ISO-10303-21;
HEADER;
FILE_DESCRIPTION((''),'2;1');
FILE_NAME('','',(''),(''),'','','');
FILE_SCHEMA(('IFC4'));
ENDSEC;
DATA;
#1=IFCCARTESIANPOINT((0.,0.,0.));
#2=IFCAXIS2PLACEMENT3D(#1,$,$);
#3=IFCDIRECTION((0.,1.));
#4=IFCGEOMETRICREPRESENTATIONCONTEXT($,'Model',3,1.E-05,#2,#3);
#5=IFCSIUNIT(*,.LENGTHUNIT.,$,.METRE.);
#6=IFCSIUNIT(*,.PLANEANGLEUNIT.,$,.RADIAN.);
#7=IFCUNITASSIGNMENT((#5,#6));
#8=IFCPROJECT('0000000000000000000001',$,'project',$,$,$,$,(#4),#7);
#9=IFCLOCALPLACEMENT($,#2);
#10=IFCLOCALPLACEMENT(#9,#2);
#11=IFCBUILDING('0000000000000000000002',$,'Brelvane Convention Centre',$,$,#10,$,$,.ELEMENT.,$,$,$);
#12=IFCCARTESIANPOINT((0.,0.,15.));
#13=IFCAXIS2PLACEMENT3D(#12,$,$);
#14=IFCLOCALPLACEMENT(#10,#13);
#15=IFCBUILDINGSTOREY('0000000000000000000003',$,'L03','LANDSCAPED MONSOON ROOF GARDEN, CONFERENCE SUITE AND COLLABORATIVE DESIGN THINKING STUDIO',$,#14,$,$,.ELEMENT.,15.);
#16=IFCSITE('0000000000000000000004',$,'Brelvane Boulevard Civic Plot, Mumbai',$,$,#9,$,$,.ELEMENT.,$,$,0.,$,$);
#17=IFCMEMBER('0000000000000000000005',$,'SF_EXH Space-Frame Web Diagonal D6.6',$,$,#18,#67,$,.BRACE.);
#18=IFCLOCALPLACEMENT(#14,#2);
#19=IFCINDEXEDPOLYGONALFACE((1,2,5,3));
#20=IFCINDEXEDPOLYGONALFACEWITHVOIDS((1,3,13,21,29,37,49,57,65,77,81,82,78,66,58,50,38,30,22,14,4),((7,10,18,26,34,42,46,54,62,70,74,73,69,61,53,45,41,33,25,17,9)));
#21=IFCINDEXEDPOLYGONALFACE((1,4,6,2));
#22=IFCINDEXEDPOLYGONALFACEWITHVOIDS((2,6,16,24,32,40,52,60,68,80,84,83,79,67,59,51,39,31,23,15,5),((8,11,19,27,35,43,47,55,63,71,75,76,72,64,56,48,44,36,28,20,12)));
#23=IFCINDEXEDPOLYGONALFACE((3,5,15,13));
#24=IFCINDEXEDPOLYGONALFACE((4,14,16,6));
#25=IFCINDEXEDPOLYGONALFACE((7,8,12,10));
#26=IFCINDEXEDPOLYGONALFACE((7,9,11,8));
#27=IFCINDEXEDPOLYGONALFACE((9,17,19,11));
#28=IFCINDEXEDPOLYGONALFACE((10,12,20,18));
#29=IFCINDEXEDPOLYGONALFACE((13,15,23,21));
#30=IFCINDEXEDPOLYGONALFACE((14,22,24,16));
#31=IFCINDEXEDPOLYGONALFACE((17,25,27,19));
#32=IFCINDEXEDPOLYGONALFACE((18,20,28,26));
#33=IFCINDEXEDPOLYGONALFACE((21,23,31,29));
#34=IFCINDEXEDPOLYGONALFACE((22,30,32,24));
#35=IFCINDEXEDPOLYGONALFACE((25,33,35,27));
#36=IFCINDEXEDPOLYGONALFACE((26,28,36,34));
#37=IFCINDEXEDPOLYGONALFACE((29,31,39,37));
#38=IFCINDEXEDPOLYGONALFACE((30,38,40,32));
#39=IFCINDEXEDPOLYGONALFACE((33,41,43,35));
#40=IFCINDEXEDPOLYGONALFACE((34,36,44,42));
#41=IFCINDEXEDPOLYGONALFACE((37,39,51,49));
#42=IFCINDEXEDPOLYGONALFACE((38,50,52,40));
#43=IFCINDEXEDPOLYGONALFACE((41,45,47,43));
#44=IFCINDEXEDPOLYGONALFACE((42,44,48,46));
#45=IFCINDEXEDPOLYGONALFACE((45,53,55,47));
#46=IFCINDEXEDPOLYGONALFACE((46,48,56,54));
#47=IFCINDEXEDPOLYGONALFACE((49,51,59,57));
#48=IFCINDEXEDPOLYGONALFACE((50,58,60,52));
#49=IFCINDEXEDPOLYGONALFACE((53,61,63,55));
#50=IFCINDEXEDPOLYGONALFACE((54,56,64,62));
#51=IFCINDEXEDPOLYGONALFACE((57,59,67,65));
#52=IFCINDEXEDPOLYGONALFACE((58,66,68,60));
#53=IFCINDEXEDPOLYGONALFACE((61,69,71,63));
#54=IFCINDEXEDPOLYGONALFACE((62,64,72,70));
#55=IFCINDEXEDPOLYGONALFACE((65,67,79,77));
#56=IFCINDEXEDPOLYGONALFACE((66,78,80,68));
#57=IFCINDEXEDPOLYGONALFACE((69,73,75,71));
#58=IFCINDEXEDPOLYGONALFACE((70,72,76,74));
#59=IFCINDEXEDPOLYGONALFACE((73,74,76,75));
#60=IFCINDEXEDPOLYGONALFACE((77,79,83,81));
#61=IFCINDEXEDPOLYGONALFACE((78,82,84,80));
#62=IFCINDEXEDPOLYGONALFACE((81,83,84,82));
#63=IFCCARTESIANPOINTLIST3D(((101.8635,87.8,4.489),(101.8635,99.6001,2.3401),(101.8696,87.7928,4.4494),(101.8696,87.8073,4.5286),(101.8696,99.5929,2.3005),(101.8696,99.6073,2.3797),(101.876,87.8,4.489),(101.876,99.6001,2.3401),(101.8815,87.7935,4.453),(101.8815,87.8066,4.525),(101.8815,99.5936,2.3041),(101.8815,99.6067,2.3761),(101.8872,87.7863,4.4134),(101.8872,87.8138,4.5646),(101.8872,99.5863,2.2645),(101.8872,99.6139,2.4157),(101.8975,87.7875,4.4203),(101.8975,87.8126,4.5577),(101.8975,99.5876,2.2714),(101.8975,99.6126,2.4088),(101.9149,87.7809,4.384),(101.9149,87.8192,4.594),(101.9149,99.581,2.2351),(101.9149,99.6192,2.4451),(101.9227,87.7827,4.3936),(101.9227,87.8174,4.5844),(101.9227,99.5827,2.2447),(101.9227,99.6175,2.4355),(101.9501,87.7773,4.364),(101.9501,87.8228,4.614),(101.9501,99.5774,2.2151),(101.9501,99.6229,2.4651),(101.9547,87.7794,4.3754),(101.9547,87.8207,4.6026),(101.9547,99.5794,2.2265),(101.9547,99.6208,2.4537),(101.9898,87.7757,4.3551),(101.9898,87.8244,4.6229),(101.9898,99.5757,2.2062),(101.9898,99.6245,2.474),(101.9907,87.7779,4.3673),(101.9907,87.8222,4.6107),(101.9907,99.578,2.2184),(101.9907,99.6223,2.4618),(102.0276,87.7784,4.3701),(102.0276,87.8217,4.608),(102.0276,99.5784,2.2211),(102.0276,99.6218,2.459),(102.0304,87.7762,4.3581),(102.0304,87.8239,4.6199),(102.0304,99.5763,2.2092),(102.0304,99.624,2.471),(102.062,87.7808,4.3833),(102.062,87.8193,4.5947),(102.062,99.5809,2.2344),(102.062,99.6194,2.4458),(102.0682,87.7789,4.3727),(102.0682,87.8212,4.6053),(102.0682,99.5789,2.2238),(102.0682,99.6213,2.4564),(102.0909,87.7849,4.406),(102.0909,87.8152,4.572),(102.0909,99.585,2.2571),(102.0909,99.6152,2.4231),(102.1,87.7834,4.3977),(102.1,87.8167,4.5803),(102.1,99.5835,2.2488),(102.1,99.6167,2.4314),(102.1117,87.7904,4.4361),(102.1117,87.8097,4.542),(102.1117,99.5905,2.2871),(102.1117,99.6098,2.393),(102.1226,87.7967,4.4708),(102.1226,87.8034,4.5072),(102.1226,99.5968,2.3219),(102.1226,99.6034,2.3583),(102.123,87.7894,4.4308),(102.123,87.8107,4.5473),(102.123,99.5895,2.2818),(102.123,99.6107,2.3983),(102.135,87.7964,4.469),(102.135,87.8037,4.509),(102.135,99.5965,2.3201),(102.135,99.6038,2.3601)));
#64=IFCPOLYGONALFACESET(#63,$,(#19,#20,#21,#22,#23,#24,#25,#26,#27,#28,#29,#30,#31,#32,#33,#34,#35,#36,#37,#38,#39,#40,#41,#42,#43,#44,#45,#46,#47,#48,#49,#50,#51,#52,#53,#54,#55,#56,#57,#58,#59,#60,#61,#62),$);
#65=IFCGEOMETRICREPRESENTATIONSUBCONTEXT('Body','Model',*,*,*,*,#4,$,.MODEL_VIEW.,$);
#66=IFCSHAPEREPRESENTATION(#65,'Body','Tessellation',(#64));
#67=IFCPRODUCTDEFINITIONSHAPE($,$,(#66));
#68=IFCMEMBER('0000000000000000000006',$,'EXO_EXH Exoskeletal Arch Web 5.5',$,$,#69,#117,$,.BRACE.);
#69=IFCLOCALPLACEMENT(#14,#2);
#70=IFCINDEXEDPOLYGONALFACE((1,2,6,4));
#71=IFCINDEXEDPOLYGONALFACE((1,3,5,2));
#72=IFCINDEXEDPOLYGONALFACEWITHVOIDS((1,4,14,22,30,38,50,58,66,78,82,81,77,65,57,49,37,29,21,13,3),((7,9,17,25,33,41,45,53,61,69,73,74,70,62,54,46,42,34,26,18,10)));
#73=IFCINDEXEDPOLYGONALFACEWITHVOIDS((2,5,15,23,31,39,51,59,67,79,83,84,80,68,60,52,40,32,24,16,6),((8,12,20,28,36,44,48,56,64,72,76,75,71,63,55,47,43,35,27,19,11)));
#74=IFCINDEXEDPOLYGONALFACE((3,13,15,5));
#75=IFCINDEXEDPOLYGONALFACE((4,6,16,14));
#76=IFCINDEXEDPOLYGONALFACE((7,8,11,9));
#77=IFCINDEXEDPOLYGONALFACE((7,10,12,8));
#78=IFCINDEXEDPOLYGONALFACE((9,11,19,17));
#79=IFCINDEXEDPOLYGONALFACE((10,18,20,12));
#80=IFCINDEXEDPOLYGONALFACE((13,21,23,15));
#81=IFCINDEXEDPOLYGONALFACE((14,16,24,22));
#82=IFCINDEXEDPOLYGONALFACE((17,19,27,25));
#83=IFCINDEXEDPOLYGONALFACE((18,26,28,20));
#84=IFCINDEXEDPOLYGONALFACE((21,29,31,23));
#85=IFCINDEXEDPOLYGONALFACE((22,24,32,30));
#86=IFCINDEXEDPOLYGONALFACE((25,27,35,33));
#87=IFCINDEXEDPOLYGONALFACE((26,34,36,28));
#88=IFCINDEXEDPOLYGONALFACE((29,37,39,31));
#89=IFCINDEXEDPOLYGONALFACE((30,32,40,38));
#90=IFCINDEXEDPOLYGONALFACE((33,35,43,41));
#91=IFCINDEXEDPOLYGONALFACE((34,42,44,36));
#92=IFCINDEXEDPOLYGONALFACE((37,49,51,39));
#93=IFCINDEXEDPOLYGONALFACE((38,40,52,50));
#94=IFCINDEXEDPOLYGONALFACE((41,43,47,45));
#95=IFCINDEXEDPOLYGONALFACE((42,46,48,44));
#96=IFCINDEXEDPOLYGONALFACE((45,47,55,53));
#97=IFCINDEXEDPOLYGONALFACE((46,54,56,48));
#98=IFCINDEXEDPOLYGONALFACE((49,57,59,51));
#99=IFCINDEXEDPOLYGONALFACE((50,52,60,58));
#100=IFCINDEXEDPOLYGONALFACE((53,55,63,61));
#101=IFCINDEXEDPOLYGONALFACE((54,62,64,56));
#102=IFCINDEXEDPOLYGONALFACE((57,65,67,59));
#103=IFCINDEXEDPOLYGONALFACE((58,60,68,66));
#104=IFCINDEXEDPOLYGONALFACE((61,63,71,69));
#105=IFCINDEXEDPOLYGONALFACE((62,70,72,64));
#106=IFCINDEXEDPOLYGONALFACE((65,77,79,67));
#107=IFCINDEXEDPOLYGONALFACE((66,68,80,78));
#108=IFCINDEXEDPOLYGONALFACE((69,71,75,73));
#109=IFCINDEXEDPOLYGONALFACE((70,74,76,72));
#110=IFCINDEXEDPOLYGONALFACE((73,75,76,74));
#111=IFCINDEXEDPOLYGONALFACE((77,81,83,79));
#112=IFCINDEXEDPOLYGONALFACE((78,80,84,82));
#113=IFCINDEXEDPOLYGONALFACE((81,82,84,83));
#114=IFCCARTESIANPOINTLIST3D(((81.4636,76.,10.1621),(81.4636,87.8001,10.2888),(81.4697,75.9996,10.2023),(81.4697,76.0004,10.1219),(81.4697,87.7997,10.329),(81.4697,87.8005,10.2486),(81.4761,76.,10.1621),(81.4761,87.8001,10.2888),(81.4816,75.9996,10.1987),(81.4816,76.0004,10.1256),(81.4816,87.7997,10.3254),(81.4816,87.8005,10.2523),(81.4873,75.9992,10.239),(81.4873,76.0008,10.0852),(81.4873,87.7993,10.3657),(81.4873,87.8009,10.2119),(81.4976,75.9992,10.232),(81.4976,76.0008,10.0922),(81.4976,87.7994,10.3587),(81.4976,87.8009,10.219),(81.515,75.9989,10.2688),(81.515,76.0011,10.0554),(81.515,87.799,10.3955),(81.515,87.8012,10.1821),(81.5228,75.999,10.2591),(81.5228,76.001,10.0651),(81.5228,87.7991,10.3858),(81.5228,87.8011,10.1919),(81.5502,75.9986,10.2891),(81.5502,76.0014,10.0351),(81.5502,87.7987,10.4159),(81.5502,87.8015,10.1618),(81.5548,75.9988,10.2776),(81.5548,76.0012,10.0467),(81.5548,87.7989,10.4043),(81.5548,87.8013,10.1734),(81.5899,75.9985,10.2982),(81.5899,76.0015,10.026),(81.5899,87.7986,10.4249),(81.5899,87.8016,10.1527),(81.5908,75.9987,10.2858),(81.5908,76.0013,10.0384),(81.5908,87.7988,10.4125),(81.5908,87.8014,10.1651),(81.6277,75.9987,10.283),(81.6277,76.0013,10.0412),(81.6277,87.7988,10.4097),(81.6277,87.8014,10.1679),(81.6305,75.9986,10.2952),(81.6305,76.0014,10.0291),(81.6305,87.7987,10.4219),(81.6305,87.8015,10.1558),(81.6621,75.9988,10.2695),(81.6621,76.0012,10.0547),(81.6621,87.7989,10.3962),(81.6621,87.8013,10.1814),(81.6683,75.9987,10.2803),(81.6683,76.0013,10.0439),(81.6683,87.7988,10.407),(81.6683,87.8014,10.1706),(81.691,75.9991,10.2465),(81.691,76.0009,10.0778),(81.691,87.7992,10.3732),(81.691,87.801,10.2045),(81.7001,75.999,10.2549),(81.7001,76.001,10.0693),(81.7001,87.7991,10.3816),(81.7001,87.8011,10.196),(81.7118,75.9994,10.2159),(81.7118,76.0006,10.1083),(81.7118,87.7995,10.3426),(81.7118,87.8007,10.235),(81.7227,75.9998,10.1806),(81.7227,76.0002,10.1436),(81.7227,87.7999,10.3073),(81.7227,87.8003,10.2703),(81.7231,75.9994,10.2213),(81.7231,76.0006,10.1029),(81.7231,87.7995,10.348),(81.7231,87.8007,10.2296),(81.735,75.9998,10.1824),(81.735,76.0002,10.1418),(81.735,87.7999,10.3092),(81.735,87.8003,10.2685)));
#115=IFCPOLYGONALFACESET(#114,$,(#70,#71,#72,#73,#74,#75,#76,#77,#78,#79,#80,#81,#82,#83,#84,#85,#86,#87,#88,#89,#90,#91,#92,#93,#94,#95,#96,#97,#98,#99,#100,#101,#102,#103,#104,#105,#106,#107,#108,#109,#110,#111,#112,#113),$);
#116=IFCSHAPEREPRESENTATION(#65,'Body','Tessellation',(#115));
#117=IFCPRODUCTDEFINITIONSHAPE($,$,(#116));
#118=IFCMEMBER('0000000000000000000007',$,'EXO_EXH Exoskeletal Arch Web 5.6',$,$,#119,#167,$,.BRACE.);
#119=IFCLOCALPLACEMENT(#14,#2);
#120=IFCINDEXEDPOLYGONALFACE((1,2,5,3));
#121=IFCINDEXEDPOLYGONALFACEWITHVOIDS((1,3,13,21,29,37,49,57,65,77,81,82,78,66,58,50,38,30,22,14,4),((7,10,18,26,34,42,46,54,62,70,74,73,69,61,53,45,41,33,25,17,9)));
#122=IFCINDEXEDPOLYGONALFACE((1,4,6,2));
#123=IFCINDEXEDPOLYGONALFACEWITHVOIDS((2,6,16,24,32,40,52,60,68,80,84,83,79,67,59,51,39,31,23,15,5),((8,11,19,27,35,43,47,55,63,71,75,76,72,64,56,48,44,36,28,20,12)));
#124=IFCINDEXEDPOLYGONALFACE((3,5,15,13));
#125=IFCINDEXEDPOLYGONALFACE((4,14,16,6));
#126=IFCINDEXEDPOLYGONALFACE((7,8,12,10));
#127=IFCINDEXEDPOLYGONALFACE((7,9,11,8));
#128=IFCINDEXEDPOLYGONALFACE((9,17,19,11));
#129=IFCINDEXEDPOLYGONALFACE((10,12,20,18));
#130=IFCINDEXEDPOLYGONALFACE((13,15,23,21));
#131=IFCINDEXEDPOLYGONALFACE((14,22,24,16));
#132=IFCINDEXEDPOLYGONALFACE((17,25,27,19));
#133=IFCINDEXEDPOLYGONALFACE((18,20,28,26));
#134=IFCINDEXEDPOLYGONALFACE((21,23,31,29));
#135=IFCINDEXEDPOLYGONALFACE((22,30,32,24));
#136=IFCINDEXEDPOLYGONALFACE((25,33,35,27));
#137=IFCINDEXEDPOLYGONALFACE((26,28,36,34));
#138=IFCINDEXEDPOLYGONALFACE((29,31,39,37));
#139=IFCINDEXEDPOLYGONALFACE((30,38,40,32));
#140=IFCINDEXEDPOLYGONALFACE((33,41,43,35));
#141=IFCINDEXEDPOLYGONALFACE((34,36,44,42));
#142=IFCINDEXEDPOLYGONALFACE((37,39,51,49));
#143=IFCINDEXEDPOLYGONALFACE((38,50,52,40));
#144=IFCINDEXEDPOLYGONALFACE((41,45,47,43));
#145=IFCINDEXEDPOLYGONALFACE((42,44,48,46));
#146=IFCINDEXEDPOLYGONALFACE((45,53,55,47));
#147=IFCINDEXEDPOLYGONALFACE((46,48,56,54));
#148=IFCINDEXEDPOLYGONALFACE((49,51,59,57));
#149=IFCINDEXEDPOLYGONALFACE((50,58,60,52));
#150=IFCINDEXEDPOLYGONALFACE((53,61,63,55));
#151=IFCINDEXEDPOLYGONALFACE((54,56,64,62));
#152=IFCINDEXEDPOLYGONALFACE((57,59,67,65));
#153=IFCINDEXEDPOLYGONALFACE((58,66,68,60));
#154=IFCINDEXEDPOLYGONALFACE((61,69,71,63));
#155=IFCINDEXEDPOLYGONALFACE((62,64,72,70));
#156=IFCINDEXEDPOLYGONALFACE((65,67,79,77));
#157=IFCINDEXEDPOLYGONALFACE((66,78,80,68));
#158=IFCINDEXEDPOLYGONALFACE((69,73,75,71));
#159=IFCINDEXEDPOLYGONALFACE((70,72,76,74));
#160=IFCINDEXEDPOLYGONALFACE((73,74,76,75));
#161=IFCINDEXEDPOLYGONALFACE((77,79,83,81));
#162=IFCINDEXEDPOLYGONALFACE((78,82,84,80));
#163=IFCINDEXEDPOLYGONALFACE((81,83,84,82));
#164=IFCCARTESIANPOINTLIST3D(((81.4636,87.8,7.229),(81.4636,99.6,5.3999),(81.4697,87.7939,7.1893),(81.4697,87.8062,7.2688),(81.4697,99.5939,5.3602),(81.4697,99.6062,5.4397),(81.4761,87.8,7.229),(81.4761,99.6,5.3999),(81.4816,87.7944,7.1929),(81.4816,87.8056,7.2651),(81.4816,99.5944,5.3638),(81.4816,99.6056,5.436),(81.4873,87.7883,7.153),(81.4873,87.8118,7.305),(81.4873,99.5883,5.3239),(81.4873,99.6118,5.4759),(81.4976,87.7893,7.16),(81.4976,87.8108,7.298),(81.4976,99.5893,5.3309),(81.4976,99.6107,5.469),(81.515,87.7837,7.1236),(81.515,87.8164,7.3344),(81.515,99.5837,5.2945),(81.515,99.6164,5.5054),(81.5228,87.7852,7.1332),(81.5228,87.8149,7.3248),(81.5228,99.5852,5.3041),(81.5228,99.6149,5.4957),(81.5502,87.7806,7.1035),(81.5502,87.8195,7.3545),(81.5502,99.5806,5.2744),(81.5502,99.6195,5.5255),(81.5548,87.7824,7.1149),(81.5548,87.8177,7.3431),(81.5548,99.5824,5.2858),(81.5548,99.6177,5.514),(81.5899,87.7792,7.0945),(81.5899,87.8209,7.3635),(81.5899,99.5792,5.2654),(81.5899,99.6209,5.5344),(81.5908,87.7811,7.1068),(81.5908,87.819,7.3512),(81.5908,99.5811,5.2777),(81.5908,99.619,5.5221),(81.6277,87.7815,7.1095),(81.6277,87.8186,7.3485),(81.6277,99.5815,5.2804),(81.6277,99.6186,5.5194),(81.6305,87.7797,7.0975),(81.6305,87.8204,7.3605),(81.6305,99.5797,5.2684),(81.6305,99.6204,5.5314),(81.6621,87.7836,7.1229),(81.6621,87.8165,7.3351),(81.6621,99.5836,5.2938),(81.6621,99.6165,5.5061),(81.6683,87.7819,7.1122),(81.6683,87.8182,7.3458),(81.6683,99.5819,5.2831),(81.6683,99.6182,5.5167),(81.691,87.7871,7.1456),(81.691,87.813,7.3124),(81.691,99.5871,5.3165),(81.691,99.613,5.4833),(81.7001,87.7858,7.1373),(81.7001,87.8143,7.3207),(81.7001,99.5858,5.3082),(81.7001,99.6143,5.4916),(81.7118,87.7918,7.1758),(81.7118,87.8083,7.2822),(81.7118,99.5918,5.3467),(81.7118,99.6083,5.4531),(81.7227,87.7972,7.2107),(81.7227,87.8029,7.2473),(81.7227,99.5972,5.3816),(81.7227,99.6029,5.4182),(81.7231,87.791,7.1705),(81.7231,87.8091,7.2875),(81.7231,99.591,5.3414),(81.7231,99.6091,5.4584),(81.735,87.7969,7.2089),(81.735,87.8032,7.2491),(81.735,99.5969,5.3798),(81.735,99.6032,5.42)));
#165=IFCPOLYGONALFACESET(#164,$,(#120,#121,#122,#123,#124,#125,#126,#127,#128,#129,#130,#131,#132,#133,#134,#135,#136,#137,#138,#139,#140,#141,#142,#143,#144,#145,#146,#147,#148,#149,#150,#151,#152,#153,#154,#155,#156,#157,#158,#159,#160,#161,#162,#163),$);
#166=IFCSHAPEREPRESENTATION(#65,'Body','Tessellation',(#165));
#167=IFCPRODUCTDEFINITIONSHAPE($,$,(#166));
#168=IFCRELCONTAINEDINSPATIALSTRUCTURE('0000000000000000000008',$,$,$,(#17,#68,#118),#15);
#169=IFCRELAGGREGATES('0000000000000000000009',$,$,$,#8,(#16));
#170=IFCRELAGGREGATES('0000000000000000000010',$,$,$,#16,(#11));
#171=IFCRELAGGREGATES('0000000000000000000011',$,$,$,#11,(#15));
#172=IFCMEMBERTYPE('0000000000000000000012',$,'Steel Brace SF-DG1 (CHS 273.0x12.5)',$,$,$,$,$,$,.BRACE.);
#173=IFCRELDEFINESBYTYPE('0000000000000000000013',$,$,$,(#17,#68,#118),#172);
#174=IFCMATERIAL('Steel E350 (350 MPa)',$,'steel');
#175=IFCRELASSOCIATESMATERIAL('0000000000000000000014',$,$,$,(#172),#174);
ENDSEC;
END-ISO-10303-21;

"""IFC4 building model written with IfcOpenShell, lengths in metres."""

from ifc_helpers import new_model, si_unit, direction, frame, origin, origin_2d, place, context, subcontext, project, spatial, hollow_circle, extrude, material, material_profile, profile_set, type_object, element, save


model = new_model("IFC4")

# Units and contexts
model_context = context("Model", 3, precision=1e-05, world=origin(), true_north=direction((0.0, 1.0)))
body_context = subcontext(model_context, "Body", "Model", "MODEL_VIEW")
ifc_project = project(units=[si_unit("LENGTHUNIT", "METRE"), si_unit("PLANEANGLEUNIT", "RADIAN")], contexts=[model_context])

# Site, building, storey
site_placement = place(None, origin())
site = spatial("IfcSite", under=ifc_project, at=site_placement, Name="Brelvane Boulevard Civic Plot, Mumbai", CompositionType="ELEMENT", RefElevation=0.0)
building_placement = place(site_placement, origin())
building = spatial("IfcBuilding", under=site, at=building_placement, Name="Brelvane Convention Centre", CompositionType="ELEMENT")
storey_placement = place(building_placement, frame((0.0, 0.0, 15.0)))
storey = spatial("IfcBuildingStorey", under=building, at=storey_placement, Name="L03", Description="LANDSCAPED MONSOON ROOF GARDEN, CONFERENCE SUITE AND COLLABORATIVE DESIGN THINKING STUDIO", CompositionType="ELEMENT", Elevation=15.0)

# Members
ifc_material_1 = material(Name="Steel E350 (350 MPa)", Category="steel")
ifc_material_profile_1 = material_profile(ifc_material_1, hollow_circle(Radius=0.1365, WallThickness=0.0125, at=origin_2d()), Name="CHS 273.0x12.5")
ifc_profile_set_1 = profile_set([ifc_material_profile_1], Name="Steel E350 (350 MPa)")
member_type_1 = type_object("IfcMemberType", Name="Steel Brace SF-DG1 (CHS 273.0x12.5)", PredefinedType="BRACE", material=ifc_profile_set_1)
member_1_placement = place(storey_placement, frame((102.0, 87.8, 4.489), z_axis=(0.0, 0.983819, -0.179165), x_axis=(-1.0, 0.0, 0.0)))
element("IfcMember", 1, at=member_1_placement, inside=storey, type_object=member_type_1, Name="SF_EXH Space-Frame Web Diagonal D6.6", PredefinedType="BRACE", context=body_context, shape_type="SweptSolid", body=[
    extrude(hollow_circle(Radius=0.1365, WallThickness=0.0125, at=origin_2d()), origin(), (0.0, 0.0, 1.0), 11.9941),
])
member_2_placement = place(storey_placement, frame((81.6001, 76.0, 10.1621), z_axis=(0.0, 0.999942, 0.010737), x_axis=(-1.0, 0.0, 0.0)))
element("IfcMember", 2, at=member_2_placement, inside=storey, type_object=member_type_1, Name="EXO_EXH Exoskeletal Arch Web 5.5", PredefinedType="BRACE", context=body_context, shape_type="SweptSolid", body=[
    extrude(hollow_circle(Radius=0.1365, WallThickness=0.0125, at=origin_2d()), origin(), (0.0, 0.0, 1.0), 11.8008),
])
member_3_placement = place(storey_placement, frame((81.6001, 87.8, 7.229), z_axis=(0.0, 0.988199, -0.153179), x_axis=(-1.0, 0.0, 0.0)))
element("IfcMember", 3, at=member_3_placement, inside=storey, type_object=member_type_1, Name="EXO_EXH Exoskeletal Arch Web 5.6", PredefinedType="BRACE", context=body_context, shape_type="SweptSolid", body=[
    extrude(hollow_circle(Radius=0.1365, WallThickness=0.0125, at=origin_2d()), origin(), (0.0, 0.0, 1.0), 11.9409),
])

save(model, "model.ifc")
